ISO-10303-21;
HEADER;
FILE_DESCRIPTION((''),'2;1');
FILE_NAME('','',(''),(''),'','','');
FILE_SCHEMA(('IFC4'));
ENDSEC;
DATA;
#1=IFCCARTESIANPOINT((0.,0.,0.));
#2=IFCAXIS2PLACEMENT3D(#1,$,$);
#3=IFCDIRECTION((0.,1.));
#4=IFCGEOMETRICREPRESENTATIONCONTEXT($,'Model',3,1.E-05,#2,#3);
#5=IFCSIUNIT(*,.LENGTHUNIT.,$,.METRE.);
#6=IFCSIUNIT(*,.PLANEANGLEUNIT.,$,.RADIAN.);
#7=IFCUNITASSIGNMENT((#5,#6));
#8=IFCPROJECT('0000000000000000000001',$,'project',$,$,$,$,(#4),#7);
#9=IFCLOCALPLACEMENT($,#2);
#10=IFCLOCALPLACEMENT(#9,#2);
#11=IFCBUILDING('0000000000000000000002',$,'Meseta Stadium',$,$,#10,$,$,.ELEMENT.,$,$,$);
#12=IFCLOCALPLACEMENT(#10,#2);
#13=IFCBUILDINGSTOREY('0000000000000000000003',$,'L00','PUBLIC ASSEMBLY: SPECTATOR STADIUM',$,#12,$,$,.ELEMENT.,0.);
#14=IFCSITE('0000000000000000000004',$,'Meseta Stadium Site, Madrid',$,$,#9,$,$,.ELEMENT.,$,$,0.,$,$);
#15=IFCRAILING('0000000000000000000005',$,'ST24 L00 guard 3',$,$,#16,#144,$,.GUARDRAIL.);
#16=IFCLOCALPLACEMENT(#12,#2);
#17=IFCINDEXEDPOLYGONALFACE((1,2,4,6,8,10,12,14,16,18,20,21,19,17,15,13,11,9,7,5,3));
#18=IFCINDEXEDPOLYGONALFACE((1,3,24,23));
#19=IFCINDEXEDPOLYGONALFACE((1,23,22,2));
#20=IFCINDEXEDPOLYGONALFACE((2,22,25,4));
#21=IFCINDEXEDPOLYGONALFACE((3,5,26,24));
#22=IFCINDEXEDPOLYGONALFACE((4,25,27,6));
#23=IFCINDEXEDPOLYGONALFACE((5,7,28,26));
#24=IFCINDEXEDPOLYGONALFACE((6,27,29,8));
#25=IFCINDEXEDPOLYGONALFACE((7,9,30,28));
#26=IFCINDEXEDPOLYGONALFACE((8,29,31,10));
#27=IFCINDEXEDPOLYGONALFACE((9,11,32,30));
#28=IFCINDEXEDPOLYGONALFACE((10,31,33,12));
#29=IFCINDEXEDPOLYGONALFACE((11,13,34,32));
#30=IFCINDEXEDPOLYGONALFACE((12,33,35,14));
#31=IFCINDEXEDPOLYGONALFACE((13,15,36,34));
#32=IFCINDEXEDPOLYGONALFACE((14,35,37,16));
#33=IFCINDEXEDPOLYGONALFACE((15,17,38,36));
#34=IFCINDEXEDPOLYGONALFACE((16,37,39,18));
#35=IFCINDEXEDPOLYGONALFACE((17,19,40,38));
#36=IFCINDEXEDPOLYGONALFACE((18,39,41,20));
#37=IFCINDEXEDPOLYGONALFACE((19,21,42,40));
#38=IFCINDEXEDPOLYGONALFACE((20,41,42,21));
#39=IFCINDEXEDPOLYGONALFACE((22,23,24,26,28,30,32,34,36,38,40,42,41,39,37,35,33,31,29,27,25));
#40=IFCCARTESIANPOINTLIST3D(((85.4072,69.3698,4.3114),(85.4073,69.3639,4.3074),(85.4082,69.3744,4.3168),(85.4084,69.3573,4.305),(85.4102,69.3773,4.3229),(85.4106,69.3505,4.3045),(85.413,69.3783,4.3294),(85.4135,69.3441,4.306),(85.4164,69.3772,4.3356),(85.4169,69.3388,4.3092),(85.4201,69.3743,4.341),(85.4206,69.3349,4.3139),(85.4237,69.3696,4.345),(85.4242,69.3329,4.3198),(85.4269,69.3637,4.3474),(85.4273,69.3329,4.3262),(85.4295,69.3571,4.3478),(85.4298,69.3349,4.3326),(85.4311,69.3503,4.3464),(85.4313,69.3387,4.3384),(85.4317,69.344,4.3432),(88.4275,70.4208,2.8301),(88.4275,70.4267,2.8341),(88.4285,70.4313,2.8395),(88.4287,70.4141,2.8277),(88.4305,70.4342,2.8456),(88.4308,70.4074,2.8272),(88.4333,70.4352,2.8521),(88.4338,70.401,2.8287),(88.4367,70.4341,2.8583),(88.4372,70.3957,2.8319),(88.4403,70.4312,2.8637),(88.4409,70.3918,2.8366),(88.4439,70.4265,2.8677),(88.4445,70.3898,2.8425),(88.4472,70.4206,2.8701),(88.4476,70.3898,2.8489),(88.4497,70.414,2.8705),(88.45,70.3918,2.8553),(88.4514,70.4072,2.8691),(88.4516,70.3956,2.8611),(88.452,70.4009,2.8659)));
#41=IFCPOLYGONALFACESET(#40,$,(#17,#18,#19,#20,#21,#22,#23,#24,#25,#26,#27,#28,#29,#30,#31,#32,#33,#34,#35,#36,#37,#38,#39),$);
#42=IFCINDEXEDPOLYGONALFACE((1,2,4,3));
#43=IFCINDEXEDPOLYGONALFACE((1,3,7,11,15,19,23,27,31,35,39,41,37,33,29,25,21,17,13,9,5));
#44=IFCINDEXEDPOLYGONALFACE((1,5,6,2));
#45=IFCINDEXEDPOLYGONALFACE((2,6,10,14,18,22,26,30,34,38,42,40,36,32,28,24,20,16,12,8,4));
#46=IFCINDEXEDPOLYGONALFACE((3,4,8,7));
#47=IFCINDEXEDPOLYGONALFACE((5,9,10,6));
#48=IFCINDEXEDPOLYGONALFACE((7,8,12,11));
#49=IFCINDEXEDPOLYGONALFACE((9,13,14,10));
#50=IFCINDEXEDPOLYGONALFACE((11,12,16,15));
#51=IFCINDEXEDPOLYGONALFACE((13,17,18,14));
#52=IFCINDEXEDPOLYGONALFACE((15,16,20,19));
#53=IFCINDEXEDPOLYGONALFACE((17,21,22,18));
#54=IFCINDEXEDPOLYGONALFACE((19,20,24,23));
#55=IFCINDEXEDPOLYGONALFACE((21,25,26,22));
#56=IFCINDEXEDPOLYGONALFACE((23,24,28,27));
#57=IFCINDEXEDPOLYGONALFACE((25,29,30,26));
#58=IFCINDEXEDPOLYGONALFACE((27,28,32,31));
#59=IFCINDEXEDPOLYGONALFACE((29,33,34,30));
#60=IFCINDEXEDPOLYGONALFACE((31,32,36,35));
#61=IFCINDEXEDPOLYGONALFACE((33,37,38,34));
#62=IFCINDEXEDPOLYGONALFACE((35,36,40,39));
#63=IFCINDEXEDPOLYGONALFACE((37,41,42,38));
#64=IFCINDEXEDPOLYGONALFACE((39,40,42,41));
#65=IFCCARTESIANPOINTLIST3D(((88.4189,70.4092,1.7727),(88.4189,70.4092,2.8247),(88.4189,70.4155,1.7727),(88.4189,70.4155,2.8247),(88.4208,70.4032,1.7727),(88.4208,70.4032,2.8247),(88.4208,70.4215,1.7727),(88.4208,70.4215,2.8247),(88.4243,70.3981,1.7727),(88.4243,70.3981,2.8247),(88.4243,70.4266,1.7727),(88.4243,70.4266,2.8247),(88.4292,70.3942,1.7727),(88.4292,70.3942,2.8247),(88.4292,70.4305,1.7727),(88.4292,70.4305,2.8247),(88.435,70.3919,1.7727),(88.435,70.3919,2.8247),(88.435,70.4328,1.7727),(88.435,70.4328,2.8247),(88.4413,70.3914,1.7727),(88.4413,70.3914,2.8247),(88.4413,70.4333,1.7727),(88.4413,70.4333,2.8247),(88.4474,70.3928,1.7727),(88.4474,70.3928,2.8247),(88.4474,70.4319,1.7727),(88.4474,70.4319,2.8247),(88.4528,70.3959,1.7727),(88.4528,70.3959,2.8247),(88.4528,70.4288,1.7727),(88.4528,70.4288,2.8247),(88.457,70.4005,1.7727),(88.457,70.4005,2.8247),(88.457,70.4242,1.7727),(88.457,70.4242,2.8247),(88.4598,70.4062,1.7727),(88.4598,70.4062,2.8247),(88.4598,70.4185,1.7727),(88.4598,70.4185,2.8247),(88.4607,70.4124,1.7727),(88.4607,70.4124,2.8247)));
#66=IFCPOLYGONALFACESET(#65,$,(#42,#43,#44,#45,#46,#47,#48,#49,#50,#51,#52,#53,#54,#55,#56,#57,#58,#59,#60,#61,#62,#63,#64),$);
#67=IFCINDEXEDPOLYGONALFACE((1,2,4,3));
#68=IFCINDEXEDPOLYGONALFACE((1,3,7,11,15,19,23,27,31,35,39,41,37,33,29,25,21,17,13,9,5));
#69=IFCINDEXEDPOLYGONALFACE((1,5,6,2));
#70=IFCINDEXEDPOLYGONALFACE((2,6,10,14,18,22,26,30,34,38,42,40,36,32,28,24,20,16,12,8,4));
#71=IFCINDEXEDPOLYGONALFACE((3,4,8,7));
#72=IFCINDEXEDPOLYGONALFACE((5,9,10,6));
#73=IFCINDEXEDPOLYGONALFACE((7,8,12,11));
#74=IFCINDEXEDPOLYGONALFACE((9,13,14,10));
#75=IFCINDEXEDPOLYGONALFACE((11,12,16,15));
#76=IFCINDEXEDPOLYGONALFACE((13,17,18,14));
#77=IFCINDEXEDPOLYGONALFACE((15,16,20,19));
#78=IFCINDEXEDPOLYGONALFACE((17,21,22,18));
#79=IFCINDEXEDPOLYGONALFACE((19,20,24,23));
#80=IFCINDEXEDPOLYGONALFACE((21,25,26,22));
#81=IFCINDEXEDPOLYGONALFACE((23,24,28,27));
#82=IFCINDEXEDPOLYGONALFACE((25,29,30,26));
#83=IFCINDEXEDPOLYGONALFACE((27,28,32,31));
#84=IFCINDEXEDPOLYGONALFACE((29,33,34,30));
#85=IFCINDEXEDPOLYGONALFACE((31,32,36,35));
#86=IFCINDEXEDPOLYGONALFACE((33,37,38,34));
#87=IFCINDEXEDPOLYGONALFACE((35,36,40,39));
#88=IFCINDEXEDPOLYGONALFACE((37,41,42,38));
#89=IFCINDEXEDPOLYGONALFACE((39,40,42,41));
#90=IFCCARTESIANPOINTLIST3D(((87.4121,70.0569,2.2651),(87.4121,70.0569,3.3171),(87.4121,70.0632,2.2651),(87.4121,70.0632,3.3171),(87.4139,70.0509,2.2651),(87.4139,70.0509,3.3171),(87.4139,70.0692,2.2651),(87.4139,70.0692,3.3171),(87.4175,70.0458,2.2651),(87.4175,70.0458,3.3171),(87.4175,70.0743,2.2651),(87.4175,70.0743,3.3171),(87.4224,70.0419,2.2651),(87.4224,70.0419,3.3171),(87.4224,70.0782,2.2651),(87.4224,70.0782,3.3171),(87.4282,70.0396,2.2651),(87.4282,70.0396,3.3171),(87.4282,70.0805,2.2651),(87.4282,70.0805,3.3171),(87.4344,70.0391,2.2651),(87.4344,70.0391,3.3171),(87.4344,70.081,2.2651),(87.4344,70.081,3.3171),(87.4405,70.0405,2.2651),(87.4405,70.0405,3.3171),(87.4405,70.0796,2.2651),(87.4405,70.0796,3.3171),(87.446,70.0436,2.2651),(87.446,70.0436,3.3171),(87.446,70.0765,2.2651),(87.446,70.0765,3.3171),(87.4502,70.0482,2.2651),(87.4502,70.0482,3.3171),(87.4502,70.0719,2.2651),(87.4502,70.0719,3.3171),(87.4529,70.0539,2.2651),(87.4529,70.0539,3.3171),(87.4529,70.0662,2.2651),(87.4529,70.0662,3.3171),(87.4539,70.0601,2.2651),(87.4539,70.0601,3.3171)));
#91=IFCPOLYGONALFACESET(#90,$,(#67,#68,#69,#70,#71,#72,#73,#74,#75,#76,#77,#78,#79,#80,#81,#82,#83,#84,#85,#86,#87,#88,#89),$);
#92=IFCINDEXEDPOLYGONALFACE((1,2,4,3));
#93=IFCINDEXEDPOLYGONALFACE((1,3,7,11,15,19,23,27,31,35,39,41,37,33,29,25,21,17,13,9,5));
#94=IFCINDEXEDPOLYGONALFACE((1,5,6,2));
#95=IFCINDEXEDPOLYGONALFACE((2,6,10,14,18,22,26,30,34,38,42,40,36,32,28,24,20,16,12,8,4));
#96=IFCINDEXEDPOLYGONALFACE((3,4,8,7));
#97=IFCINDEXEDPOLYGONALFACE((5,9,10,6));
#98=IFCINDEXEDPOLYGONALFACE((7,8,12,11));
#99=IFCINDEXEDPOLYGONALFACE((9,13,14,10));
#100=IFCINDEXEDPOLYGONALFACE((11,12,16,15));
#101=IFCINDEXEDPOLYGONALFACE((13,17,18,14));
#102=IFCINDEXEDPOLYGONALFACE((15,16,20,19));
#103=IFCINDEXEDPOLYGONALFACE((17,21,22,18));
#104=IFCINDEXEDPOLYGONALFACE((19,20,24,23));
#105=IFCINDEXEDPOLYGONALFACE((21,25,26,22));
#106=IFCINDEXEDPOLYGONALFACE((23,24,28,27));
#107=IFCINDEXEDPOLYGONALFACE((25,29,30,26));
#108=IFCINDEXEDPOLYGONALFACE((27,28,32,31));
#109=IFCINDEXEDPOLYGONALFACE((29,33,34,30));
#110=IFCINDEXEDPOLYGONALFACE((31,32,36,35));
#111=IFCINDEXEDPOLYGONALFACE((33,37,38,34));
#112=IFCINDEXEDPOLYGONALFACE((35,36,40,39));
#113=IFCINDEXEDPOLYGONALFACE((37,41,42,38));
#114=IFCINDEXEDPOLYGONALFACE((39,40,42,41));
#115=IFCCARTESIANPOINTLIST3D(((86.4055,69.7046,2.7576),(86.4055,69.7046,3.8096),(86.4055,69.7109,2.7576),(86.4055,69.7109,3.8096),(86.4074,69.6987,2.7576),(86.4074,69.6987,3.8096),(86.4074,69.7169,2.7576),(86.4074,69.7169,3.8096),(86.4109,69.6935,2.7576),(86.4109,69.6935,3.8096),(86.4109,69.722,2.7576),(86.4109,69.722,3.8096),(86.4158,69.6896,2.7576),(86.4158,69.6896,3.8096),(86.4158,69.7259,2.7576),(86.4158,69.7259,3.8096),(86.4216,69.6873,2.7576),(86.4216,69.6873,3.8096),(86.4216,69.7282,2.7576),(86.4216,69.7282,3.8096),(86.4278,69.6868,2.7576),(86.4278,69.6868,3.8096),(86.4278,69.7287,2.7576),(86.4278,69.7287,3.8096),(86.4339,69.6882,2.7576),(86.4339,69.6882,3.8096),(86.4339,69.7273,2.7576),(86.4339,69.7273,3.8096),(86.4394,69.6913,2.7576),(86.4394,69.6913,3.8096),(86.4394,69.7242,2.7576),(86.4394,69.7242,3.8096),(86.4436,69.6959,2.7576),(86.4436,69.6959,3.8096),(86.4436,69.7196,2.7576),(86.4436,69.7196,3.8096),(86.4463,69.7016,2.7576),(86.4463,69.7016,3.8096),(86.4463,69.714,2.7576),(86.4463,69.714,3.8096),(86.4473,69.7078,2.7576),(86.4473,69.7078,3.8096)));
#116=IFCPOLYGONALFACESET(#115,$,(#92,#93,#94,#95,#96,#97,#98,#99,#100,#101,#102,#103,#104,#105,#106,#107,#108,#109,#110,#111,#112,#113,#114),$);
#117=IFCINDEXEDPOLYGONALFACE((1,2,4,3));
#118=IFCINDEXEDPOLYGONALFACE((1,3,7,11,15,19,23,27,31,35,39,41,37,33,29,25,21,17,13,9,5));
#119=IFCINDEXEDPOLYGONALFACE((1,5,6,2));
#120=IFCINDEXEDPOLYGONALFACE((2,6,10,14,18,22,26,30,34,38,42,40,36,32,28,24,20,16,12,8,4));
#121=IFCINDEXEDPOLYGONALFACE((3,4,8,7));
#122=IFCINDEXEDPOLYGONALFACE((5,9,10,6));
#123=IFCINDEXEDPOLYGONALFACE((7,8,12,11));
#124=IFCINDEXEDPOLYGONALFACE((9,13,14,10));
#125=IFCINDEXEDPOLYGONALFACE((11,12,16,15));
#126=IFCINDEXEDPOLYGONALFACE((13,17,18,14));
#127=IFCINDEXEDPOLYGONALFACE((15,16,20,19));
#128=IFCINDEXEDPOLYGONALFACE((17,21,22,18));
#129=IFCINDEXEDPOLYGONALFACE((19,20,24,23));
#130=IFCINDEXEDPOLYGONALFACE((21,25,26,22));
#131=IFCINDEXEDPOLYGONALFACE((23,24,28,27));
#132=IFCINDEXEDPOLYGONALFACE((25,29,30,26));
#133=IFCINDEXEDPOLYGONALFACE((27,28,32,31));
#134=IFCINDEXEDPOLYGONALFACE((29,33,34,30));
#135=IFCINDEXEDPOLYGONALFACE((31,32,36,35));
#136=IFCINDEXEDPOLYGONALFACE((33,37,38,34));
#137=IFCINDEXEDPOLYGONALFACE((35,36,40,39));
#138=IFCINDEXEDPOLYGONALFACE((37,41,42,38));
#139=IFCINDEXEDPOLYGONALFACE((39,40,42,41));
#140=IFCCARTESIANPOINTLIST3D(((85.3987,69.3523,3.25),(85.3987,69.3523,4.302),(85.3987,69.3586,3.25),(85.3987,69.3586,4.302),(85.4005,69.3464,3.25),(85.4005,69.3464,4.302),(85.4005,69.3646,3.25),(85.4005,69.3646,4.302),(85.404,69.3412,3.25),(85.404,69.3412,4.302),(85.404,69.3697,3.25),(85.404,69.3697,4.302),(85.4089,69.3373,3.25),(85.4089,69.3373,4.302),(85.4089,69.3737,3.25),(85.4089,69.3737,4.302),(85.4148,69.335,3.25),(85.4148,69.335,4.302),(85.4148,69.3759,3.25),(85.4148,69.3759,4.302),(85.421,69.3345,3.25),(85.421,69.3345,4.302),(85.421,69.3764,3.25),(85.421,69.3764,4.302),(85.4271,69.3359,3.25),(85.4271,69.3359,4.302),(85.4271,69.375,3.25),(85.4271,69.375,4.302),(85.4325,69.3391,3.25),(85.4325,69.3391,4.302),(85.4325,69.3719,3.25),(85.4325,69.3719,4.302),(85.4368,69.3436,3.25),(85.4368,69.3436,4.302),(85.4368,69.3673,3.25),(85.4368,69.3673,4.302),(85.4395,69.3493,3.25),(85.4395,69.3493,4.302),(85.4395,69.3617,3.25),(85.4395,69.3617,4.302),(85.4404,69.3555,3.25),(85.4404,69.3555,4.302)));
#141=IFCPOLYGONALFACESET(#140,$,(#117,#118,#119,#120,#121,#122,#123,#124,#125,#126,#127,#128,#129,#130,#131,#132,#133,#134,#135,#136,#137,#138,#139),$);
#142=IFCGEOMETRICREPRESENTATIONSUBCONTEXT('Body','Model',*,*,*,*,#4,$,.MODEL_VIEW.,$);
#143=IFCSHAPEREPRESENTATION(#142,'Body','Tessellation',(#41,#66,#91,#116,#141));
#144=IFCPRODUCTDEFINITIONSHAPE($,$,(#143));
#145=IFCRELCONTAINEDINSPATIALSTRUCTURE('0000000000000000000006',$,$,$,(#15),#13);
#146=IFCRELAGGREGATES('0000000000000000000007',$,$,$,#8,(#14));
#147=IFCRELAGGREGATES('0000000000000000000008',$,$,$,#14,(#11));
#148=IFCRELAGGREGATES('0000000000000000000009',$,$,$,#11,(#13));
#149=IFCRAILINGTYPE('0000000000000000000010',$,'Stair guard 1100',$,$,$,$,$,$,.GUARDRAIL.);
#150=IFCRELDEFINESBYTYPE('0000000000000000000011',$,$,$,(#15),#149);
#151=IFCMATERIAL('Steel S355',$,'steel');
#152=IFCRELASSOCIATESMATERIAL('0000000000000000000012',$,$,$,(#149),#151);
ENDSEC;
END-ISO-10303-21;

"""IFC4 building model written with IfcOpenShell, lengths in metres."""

from ifc_helpers import new_model, si_unit, direction, frame, origin, origin_2d, place, context, subcontext, project, spatial, circle, extrude, material, type_object, element, save


model = new_model("IFC4")

# Units and contexts
model_context = context("Model", 3, precision=1e-05, world=origin(), true_north=direction((0.0, 1.0)))
body_context = subcontext(model_context, "Body", "Model", "MODEL_VIEW")
ifc_project = project(units=[si_unit("LENGTHUNIT", "METRE"), si_unit("PLANEANGLEUNIT", "RADIAN")], contexts=[model_context])

# Site, building, storey
site_placement = place(None, origin())
site = spatial("IfcSite", under=ifc_project, at=site_placement, Name="Meseta Stadium Site, Madrid", CompositionType="ELEMENT", RefElevation=0.0)
building_placement = place(site_placement, origin())
building = spatial("IfcBuilding", under=site, at=building_placement, Name="Meseta Stadium", CompositionType="ELEMENT")
storey_placement = place(building_placement, origin())
storey = spatial("IfcBuildingStorey", under=building, at=storey_placement, Name="L00", Description="PUBLIC ASSEMBLY: SPECTATOR STADIUM", CompositionType="ELEMENT", Elevation=0.0)

# Railing
ifc_material_1 = material(Name="Steel S355", Category="steel")
railing_type_1 = type_object("IfcRailingType", Name="Stair guard 1100", PredefinedType="GUARDRAIL", material=ifc_material_1)
railing_1_placement = place(storey_placement, frame((88.4397, 70.4124, 1.7727)))
element("IfcRailing", 1, at=railing_1_placement, inside=storey, type_object=railing_type_1, Name="ST24 L00 guard 3", PredefinedType="GUARDRAIL", context=body_context, shape_type="SweptSolid", body=[
    extrude(circle(Radius=0.0239, at=origin_2d()), frame((0.0, 0.0, 1.0762), z_axis=(-0.856958, -0.299876, 0.419162), x_axis=(0.330293, -0.943879, 0.0)), (0.0, 0.0, 1.0), 3.5244),
    extrude(circle(Radius=0.021, at=origin_2d()), origin(), (0.0, 0.0, 1.0), 1.052),
    extrude(circle(Radius=0.021, at=origin_2d()), frame((-1.0068, -0.3523, 0.4924)), (0.0, 0.0, 1.0), 1.052),
    extrude(circle(Radius=0.021, at=origin_2d()), frame((-2.0134, -0.7046, 0.9849)), (0.0, 0.0, 1.0), 1.052),
    extrude(circle(Radius=0.021, at=origin_2d()), frame((-3.0203, -1.0569, 1.4773)), (0.0, 0.0, 1.0), 1.052),
])

save(model, "model.ifc")
